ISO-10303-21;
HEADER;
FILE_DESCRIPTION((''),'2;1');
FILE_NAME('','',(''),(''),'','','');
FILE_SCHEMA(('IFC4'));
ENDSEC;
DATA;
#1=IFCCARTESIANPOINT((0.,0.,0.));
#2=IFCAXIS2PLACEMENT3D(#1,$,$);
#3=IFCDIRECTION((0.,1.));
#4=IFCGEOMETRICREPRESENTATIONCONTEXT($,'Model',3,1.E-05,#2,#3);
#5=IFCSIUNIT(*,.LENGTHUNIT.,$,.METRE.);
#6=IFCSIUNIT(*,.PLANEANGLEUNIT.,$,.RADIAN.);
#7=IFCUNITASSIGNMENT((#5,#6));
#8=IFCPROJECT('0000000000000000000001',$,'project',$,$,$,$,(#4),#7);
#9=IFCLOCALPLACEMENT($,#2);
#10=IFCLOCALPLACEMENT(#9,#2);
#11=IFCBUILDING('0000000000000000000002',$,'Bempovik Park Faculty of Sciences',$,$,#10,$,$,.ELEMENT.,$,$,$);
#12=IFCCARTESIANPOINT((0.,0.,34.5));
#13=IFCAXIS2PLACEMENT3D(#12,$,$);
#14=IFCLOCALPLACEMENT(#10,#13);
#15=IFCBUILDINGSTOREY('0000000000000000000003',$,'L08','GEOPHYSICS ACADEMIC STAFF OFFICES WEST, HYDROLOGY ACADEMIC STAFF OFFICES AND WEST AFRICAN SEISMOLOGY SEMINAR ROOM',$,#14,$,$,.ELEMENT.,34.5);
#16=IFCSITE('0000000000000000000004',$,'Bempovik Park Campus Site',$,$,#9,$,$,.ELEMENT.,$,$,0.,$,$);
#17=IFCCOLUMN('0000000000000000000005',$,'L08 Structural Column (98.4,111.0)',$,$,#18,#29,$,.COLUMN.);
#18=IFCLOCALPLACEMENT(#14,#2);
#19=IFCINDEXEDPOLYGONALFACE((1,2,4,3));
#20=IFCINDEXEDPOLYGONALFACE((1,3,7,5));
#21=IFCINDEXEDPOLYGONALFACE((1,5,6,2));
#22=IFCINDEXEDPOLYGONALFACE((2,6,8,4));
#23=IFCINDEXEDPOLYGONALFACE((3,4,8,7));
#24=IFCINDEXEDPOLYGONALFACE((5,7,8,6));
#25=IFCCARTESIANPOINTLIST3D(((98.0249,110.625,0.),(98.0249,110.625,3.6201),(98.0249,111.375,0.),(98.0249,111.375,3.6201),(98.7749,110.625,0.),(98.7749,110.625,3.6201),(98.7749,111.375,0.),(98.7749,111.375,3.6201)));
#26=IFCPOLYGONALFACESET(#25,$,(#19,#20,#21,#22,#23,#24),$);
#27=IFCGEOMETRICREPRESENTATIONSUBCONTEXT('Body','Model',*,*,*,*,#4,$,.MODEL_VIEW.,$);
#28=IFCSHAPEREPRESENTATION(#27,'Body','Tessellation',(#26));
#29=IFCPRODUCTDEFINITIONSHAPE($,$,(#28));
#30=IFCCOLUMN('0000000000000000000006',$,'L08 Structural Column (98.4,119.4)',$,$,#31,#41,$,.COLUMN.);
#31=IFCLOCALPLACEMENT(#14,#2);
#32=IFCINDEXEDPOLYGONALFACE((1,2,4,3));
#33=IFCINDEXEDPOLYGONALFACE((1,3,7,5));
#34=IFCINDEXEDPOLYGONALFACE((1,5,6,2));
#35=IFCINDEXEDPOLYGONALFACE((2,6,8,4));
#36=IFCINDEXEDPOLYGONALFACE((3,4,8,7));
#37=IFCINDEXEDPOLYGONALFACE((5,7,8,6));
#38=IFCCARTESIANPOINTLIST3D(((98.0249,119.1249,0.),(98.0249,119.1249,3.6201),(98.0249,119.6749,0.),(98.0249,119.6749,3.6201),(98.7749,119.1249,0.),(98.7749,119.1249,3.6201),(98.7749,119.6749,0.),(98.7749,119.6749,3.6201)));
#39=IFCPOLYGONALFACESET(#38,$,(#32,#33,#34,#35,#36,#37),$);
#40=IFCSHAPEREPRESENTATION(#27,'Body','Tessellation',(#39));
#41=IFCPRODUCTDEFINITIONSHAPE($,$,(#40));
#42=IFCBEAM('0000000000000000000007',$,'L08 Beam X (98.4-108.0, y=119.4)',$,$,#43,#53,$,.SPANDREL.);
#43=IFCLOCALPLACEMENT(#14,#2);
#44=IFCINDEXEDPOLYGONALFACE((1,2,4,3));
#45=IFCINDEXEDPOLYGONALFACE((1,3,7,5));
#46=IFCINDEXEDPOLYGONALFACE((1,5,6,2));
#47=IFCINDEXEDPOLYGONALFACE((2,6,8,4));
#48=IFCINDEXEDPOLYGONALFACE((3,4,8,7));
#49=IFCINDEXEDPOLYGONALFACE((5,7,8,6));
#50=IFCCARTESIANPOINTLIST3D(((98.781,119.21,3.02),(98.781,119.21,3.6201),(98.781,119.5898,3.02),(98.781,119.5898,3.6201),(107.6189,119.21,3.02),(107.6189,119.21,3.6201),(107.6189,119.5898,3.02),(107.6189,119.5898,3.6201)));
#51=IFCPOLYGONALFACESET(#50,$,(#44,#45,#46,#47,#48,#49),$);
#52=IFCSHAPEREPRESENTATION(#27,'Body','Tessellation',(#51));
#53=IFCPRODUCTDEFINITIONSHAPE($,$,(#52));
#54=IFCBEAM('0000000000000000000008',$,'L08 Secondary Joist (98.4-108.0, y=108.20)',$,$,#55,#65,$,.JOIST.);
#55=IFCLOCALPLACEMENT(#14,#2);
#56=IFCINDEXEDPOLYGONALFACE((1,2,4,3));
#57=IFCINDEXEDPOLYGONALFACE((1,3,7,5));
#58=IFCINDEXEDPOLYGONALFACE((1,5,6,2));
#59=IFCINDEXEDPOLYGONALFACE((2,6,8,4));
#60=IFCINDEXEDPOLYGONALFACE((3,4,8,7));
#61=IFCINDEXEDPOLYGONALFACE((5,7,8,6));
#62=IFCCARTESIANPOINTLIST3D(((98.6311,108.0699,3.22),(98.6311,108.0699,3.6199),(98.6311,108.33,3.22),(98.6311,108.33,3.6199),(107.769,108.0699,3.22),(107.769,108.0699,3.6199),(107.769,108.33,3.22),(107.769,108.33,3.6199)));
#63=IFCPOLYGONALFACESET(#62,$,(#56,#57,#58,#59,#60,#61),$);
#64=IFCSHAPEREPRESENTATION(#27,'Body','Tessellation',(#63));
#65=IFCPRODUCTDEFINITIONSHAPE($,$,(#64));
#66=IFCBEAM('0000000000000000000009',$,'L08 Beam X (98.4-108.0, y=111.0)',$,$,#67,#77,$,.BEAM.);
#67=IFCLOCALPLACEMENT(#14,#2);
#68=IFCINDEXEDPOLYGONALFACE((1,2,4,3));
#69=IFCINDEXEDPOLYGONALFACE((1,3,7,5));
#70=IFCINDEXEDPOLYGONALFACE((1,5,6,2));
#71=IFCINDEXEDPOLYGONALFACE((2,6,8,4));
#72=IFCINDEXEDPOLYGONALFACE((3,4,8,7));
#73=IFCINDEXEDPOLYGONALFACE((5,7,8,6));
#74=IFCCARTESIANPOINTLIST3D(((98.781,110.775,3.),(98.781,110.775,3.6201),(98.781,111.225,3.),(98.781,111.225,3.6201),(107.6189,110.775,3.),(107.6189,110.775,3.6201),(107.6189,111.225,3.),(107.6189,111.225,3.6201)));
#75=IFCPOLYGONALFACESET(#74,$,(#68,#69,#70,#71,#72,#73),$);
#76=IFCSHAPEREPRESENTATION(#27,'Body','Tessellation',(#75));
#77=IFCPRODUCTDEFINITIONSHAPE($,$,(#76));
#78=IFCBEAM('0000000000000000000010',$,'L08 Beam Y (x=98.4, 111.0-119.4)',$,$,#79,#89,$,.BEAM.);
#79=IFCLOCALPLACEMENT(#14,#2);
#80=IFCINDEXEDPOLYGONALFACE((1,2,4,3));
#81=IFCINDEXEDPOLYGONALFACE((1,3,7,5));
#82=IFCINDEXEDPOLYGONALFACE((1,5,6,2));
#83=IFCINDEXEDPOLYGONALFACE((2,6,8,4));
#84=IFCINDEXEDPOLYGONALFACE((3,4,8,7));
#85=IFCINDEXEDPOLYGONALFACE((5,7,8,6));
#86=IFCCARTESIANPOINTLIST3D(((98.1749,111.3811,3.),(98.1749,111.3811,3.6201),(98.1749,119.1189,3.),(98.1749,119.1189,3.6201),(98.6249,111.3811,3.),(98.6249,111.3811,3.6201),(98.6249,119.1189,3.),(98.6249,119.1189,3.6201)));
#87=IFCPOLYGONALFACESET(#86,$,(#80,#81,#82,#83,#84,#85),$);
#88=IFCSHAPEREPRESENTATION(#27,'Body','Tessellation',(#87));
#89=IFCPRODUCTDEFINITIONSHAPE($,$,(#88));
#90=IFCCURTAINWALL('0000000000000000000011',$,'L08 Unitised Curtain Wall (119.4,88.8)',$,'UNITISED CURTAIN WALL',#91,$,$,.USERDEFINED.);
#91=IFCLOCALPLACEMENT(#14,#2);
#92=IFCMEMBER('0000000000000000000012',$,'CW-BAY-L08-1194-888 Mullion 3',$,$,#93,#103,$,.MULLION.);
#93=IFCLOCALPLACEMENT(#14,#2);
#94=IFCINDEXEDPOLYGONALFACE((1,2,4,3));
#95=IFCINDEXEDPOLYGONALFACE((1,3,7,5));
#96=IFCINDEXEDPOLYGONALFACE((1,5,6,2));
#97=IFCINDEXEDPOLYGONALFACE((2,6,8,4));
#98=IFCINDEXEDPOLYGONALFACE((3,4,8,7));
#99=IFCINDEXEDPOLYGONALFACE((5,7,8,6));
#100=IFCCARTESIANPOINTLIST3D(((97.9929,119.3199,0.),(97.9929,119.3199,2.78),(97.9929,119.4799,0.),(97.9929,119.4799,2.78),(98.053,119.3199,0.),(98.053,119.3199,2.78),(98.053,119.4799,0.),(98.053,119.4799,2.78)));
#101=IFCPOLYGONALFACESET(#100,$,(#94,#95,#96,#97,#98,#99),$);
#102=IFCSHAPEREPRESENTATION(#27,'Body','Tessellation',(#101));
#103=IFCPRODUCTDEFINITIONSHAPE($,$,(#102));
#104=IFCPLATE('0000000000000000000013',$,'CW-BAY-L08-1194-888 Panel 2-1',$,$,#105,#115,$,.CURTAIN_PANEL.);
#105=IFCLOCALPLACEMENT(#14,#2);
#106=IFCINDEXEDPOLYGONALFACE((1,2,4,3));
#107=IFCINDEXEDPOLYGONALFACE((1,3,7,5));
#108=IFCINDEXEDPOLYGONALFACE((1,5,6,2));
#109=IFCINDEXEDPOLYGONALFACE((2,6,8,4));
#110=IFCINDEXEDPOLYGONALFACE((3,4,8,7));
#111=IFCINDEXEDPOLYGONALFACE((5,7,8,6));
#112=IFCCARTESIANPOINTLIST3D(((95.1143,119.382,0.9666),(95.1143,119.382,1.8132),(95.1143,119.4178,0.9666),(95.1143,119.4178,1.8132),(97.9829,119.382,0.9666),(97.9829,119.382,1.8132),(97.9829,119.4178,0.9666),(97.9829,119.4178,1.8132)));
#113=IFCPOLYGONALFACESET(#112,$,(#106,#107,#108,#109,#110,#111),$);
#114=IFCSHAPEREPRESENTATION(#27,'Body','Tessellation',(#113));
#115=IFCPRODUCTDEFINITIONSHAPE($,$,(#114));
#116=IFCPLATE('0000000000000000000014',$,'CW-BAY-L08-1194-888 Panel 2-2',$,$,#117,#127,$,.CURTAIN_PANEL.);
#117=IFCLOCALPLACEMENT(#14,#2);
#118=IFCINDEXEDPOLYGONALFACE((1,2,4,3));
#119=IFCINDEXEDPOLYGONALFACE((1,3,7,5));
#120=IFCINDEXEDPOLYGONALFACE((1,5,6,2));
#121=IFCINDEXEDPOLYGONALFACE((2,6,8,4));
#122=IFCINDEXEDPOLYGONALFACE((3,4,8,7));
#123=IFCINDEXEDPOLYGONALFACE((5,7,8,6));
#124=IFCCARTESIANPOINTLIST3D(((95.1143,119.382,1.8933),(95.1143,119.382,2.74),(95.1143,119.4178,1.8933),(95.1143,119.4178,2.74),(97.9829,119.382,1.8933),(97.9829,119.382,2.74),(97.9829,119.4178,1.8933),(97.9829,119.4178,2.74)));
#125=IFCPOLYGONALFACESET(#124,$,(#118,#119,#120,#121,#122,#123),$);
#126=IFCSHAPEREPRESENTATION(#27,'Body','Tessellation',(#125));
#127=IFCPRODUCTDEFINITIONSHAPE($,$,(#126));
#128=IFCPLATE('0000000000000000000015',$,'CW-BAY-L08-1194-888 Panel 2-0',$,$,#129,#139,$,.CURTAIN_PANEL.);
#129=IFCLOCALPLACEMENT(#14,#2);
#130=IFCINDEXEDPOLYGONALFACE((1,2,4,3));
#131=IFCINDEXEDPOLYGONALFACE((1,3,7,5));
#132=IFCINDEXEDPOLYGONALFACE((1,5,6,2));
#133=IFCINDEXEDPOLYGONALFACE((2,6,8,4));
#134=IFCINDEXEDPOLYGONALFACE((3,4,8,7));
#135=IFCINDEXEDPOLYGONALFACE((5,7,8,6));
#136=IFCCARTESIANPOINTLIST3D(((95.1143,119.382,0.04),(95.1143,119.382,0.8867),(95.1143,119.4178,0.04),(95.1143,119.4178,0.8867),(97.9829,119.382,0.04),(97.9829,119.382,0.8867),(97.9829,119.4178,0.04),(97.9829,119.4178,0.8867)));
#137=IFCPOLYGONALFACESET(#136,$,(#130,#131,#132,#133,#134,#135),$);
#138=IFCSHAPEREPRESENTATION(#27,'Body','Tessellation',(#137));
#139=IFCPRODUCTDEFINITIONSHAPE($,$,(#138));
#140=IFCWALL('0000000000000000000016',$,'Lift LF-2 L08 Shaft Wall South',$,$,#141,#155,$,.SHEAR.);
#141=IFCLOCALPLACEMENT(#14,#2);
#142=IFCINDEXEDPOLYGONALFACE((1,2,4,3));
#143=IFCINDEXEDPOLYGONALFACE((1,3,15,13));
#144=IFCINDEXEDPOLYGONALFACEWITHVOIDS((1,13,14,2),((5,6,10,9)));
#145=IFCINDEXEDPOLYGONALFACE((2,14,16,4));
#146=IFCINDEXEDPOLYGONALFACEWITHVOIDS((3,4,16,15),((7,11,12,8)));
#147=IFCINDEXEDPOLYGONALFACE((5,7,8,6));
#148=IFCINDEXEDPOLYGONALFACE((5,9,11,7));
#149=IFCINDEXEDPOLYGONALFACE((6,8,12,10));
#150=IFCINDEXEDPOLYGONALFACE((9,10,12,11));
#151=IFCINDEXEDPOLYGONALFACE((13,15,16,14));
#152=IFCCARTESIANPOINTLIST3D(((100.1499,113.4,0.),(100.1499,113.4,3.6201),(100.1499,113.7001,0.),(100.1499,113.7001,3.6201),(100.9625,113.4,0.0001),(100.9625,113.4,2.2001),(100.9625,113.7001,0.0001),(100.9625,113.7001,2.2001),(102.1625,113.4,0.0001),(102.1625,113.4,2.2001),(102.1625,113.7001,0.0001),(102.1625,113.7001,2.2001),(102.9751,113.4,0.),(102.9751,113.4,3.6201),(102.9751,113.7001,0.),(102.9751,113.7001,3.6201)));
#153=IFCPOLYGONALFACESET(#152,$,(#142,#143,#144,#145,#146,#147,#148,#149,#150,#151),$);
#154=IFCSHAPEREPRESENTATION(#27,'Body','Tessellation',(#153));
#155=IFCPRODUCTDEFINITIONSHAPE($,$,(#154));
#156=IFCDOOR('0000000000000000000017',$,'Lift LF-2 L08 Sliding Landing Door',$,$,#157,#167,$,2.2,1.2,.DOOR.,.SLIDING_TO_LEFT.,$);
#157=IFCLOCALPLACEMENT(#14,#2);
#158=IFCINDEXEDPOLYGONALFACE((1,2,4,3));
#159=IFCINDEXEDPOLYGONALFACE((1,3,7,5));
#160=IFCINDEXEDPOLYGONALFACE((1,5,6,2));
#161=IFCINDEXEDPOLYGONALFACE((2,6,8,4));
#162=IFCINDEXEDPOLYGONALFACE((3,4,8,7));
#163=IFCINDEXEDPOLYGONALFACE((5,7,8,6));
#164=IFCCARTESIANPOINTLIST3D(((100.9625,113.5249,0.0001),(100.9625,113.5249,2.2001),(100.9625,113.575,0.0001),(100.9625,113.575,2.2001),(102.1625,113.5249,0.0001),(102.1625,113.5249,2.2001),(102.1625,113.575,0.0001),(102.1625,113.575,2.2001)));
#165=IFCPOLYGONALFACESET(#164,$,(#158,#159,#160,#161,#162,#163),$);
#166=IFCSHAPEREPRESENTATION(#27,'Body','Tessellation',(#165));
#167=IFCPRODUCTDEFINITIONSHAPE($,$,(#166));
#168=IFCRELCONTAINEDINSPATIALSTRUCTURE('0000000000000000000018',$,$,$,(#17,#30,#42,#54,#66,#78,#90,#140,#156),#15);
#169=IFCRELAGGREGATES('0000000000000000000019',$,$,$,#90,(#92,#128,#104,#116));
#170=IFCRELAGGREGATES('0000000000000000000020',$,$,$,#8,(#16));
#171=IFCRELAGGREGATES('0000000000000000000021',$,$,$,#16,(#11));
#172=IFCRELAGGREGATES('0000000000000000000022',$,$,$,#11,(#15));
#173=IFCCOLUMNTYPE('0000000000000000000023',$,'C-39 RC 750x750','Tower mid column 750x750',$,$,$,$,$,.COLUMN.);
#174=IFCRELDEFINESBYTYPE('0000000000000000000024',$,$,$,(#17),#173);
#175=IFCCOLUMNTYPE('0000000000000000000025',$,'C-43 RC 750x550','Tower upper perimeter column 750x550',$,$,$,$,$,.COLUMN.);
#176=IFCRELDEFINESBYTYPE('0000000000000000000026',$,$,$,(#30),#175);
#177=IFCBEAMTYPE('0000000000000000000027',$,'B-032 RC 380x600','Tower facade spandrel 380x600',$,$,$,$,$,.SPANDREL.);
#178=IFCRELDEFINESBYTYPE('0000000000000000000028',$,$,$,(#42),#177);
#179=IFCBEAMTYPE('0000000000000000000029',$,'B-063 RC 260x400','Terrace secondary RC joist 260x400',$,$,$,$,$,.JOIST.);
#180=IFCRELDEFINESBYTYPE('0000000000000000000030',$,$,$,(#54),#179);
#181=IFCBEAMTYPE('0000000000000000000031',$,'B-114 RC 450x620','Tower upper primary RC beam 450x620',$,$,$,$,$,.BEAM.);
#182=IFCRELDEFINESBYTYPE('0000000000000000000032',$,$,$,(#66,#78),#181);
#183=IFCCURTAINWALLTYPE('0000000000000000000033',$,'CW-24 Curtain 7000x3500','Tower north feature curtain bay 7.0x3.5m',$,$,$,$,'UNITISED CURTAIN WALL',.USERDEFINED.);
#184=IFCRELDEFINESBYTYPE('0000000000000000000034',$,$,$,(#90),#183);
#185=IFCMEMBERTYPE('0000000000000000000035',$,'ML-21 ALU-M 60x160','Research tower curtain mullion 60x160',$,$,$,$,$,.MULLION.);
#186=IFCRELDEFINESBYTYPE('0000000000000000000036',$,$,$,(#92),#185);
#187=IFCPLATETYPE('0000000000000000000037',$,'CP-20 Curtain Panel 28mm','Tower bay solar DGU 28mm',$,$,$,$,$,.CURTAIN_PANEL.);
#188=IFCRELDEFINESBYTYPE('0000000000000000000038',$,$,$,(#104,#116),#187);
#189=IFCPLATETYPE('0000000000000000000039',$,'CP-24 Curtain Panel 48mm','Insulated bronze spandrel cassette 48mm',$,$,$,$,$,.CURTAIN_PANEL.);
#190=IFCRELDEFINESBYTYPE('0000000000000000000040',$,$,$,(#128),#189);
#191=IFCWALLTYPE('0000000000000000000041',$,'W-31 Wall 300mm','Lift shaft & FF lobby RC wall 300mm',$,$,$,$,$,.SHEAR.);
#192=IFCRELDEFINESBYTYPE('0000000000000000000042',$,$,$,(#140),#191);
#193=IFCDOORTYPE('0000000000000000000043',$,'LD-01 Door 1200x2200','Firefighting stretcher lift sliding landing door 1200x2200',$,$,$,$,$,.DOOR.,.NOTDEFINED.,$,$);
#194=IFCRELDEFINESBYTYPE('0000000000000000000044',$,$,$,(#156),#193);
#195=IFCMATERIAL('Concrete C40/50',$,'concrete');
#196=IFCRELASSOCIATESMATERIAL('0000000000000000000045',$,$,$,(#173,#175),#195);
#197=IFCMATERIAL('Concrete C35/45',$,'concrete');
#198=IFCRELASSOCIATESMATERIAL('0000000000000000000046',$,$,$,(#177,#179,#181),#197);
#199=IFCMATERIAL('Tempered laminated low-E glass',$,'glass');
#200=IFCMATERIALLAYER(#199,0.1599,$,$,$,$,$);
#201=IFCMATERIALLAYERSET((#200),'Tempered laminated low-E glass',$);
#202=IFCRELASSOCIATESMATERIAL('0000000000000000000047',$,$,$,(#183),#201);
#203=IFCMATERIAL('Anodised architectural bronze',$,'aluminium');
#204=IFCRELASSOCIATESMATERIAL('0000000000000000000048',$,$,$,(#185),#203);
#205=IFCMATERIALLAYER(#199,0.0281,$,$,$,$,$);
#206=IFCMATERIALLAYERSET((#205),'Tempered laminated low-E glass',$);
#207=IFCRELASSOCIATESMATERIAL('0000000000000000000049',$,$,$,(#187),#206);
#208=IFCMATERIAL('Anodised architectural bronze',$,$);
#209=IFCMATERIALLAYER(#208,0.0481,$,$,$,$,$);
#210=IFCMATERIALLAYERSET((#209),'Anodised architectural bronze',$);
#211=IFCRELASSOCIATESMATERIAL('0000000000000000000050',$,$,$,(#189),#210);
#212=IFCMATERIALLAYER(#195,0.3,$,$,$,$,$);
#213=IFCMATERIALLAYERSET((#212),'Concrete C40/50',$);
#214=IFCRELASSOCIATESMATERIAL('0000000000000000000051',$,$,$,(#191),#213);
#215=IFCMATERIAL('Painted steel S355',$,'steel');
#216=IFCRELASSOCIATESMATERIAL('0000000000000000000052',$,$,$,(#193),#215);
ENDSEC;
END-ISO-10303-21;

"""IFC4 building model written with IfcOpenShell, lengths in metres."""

from ifc_helpers import new_model, si_unit, direction, frame, frame_2d, origin, origin_2d, place, context, subcontext, project, spatial, rectangle, extrude, material, layer, layer_set, material_profile, profile_set, type_object, element, fill, aggregate, save


model = new_model("IFC4")

# Units and contexts
model_context = context("Model", 3, precision=1e-05, world=origin(), true_north=direction((0.0, 1.0)))
body_context = subcontext(model_context, "Body", "Model", "MODEL_VIEW")
ifc_project = project(units=[si_unit("LENGTHUNIT", "METRE"), si_unit("PLANEANGLEUNIT", "RADIAN")], contexts=[model_context])

# Site, building, storey
site_placement = place(None, origin())
site = spatial("IfcSite", under=ifc_project, at=site_placement, Name="Bempovik Park Campus Site", CompositionType="ELEMENT", RefElevation=0.0)
building_placement = place(site_placement, origin())
building = spatial("IfcBuilding", under=site, at=building_placement, Name="Bempovik Park Faculty of Sciences", CompositionType="ELEMENT")
storey_placement = place(building_placement, frame((0.0, 0.0, 34.5)))
storey = spatial("IfcBuildingStorey", under=building, at=storey_placement, Name="L08", Description="GEOPHYSICS ACADEMIC STAFF OFFICES WEST, HYDROLOGY ACADEMIC STAFF OFFICES AND WEST AFRICAN SEISMOLOGY SEMINAR ROOM", CompositionType="ELEMENT", Elevation=34.5)

# Columns
ifc_material_1 = material(Name="Concrete C40/50", Category="concrete")
ifc_material_profile_1 = material_profile(ifc_material_1, rectangle(XDim=0.75, YDim=0.75, at=origin_2d()), Name="RC 750x750")
ifc_profile_set_1 = profile_set([ifc_material_profile_1], Name="Concrete C40/50")
column_type_1 = type_object("IfcColumnType", Name="C-39 RC 750x750", Description="Tower mid column 750x750", PredefinedType="COLUMN", material=ifc_profile_set_1)
column_1_placement = place(storey_placement, frame((98.3999, 111.0, 0.0), z_axis=(0.0, 0.0, 1.0), x_axis=(1.0, 0.0, 0.0)))
element("IfcColumn", 1, at=column_1_placement, inside=storey, type_object=column_type_1, Name="L08 Structural Column (98.4,111.0)", PredefinedType="COLUMN", context=body_context, shape_type="SweptSolid", body=[
    extrude(rectangle(XDim=0.75, YDim=0.75, at=origin_2d()), origin(), (0.0, 0.0, 1.0), 3.6201),
])
ifc_material_profile_2 = material_profile(ifc_material_1, rectangle(XDim=0.75, YDim=0.55, at=origin_2d()), Name="RC 750x550")
ifc_profile_set_2 = profile_set([ifc_material_profile_2], Name="Concrete C40/50")
column_type_2 = type_object("IfcColumnType", Name="C-43 RC 750x550", Description="Tower upper perimeter column 750x550", PredefinedType="COLUMN", material=ifc_profile_set_2)
column_2_placement = place(storey_placement, frame((98.3999, 119.3999, 0.0), z_axis=(0.0, 0.0, 1.0), x_axis=(1.0, 0.0, 0.0)))
element("IfcColumn", 2, at=column_2_placement, inside=storey, type_object=column_type_2, Name="L08 Structural Column (98.4,119.4)", PredefinedType="COLUMN", context=body_context, shape_type="SweptSolid", body=[
    extrude(rectangle(XDim=0.75, YDim=0.55, at=origin_2d()), origin(), (0.0, 0.0, 1.0), 3.6201),
])

# Beams
ifc_material_2 = material(Name="Concrete C35/45", Category="concrete")
ifc_material_profile_3 = material_profile(ifc_material_2, rectangle(XDim=0.3799, YDim=0.6001, at=origin_2d()), Name="RC 380x600")
ifc_profile_set_3 = profile_set([ifc_material_profile_3], Name="Concrete C35/45")
beam_type_1 = type_object("IfcBeamType", Name="B-032 RC 380x600", Description="Tower facade spandrel 380x600", PredefinedType="SPANDREL", material=ifc_profile_set_3)
beam_1_placement = place(storey_placement, frame((98.781, 119.3999, 3.3201), z_axis=(1.0, 0.0, 0.0), x_axis=(0.0, 1.0, 0.0)))
element("IfcBeam", 3, at=beam_1_placement, inside=storey, type_object=beam_type_1, Name="L08 Beam X (98.4-108.0, y=119.4)", PredefinedType="SPANDREL", context=body_context, shape_type="SweptSolid", body=[
    extrude(rectangle(XDim=0.3799, YDim=0.6001, at=origin_2d()), origin(), (0.0, 0.0, 1.0), 8.8379),
])
ifc_material_profile_4 = material_profile(ifc_material_2, rectangle(XDim=0.26, YDim=0.3999, at=origin_2d()), Name="RC 260x400")
ifc_profile_set_4 = profile_set([ifc_material_profile_4], Name="Concrete C35/45")
beam_type_2 = type_object("IfcBeamType", Name="B-063 RC 260x400", Description="Terrace secondary RC joist 260x400", PredefinedType="JOIST", material=ifc_profile_set_4)
beam_2_placement = place(storey_placement, frame((98.6311, 108.2, 3.4199), z_axis=(1.0, 0.0, 0.0), x_axis=(0.0, 1.0, 0.0)))
element("IfcBeam", 4, at=beam_2_placement, inside=storey, type_object=beam_type_2, Name="L08 Secondary Joist (98.4-108.0, y=108.20)", PredefinedType="JOIST", context=body_context, shape_type="SweptSolid", body=[
    extrude(rectangle(XDim=0.26, YDim=0.3999, at=origin_2d()), origin(), (0.0, 0.0, 1.0), 9.1379),
])
ifc_material_profile_5 = material_profile(ifc_material_2, rectangle(XDim=0.45, YDim=0.6201, at=origin_2d()), Name="RC 450x620")
ifc_profile_set_5 = profile_set([ifc_material_profile_5], Name="Concrete C35/45")
beam_type_3 = type_object("IfcBeamType", Name="B-114 RC 450x620", Description="Tower upper primary RC beam 450x620", PredefinedType="BEAM", material=ifc_profile_set_5)
beam_3_placement = place(storey_placement, frame((98.781, 111.0, 3.3101), z_axis=(1.0, 0.0, 0.0), x_axis=(0.0, 1.0, 0.0)))
element("IfcBeam", 5, at=beam_3_placement, inside=storey, type_object=beam_type_3, Name="L08 Beam X (98.4-108.0, y=111.0)", PredefinedType="BEAM", context=body_context, shape_type="SweptSolid", body=[
    extrude(rectangle(XDim=0.45, YDim=0.6201, at=origin_2d()), origin(), (0.0, 0.0, 1.0), 8.8379),
])
beam_4_placement = place(storey_placement, frame((98.3999, 111.3811, 3.3101), z_axis=(0.0, 1.0, 0.0), x_axis=(-1.0, 0.0, 0.0)))
element("IfcBeam", 6, at=beam_4_placement, inside=storey, type_object=beam_type_3, Name="L08 Beam Y (x=98.4, 111.0-119.4)", PredefinedType="BEAM", context=body_context, shape_type="SweptSolid", body=[
    extrude(rectangle(XDim=0.45, YDim=0.6201, at=origin_2d()), origin(), (0.0, 0.0, 1.0), 7.7378),
])

# Curtain wall, member, plates
ifc_material_3 = material(Name="Tempered laminated low-E glass", Category="glass")
ifc_layer_1 = layer(ifc_material_3, 0.1599)
ifc_layer_set_1 = layer_set([ifc_layer_1], Name="Tempered laminated low-E glass")
curtain_wall_type = type_object("IfcCurtainWallType", Name="CW-24 Curtain 7000x3500", Description="Tower north feature curtain bay 7.0x3.5m", ElementType="UNITISED CURTAIN WALL", PredefinedType="USERDEFINED", material=ifc_layer_set_1)
curtain_wall_placement = place(storey_placement, origin())
curtain_wall = element("IfcCurtainWall", 7, at=curtain_wall_placement, inside=storey, type_object=curtain_wall_type, Name="L08 Unitised Curtain Wall (119.4,88.8)", ObjectType="UNITISED CURTAIN WALL", PredefinedType="USERDEFINED")
ifc_material_4 = material(Name="Anodised architectural bronze", Category="aluminium")
ifc_material_profile_6 = material_profile(ifc_material_4, rectangle(XDim=0.0601, YDim=0.1599, at=origin_2d()), Name="ALU-M 60x160")
ifc_profile_set_6 = profile_set([ifc_material_profile_6], Name="Anodised architectural bronze")
member_type = type_object("IfcMemberType", Name="ML-21 ALU-M 60x160", Description="Research tower curtain mullion 60x160", PredefinedType="MULLION", material=ifc_profile_set_6)
member_placement = place(storey_placement, frame((98.0229, 119.3999, 0.0), z_axis=(0.0, 0.0, 1.0), x_axis=(1.0, 0.0, 0.0)))
member = element("IfcMember", 8, at=member_placement, type_object=member_type, Name="CW-BAY-L08-1194-888 Mullion 3", PredefinedType="MULLION", context=body_context, shape_type="SweptSolid", body=[
    extrude(rectangle(XDim=0.0601, YDim=0.1599, at=origin_2d()), origin(), (0.0, 0.0, 1.0), 2.78),
])
ifc_layer_2 = layer(ifc_material_3, 0.0281)
ifc_layer_set_2 = layer_set([ifc_layer_2], Name="Tempered laminated low-E glass")
plate_type_1 = type_object("IfcPlateType", Name="CP-20 Curtain Panel 28mm", Description="Tower bay solar DGU 28mm", PredefinedType="CURTAIN_PANEL", material=ifc_layer_set_2)
plate_1_placement = place(storey_placement, frame((96.5486, 119.3999, 0.9666), z_axis=(0.0, 0.0, 1.0), x_axis=(1.0, 0.0, 0.0)))
plate_1 = element("IfcPlate", 9, at=plate_1_placement, type_object=plate_type_1, Name="CW-BAY-L08-1194-888 Panel 2-1", PredefinedType="CURTAIN_PANEL", context=body_context, shape_type="SweptSolid", body=[
    extrude(rectangle(XDim=2.8687, YDim=0.0359, at=origin_2d()), origin(), (0.0, 0.0, 1.0), 0.8467),
])
plate_2_placement = place(storey_placement, frame((96.5486, 119.3999, 1.8933), z_axis=(0.0, 0.0, 1.0), x_axis=(1.0, 0.0, 0.0)))
plate_2 = element("IfcPlate", 10, at=plate_2_placement, type_object=plate_type_1, Name="CW-BAY-L08-1194-888 Panel 2-2", PredefinedType="CURTAIN_PANEL", context=body_context, shape_type="SweptSolid", body=[
    extrude(rectangle(XDim=2.8687, YDim=0.0359, at=origin_2d()), origin(), (0.0, 0.0, 1.0), 0.8467),
])
ifc_material_5 = material(Name="Anodised architectural bronze")
ifc_layer_3 = layer(ifc_material_5, 0.0481)
ifc_layer_set_3 = layer_set([ifc_layer_3], Name="Anodised architectural bronze")
plate_type_2 = type_object("IfcPlateType", Name="CP-24 Curtain Panel 48mm", Description="Insulated bronze spandrel cassette 48mm", PredefinedType="CURTAIN_PANEL", material=ifc_layer_set_3)
plate_3_placement = place(storey_placement, frame((96.5486, 119.3999, 0.04), z_axis=(0.0, 0.0, 1.0), x_axis=(1.0, 0.0, 0.0)))
plate_3 = element("IfcPlate", 11, at=plate_3_placement, type_object=plate_type_2, Name="CW-BAY-L08-1194-888 Panel 2-0", PredefinedType="CURTAIN_PANEL", context=body_context, shape_type="SweptSolid", body=[
    extrude(rectangle(XDim=2.8687, YDim=0.0359, at=origin_2d()), origin(), (0.0, 0.0, 1.0), 0.8467),
])
aggregate(curtain_wall, [member, plate_3, plate_1, plate_2])

# Wall, opening, door
ifc_layer_4 = layer(ifc_material_1, 0.3)
ifc_layer_set_4 = layer_set([ifc_layer_4], Name="Concrete C40/50")
wall_type_1 = type_object("IfcWallType", Name="W-31 Wall 300mm", Description="Lift shaft & FF lobby RC wall 300mm", PredefinedType="SHEAR", material=ifc_layer_set_4)
wall_1_placement = place(storey_placement, frame((100.1499, 113.55, 0.0), z_axis=(0.0, 0.0, 1.0), x_axis=(1.0, 0.0, 0.0)))
wall_1 = element("IfcWall", 12, at=wall_1_placement, inside=storey, type_object=wall_type_1, Name="Lift LF-2 L08 Shaft Wall South", PredefinedType="SHEAR", context=body_context, shape_type="SweptSolid", body=[
    extrude(rectangle(XDim=2.8252, YDim=0.3, at=frame_2d((1.4126, 0.0))), origin(), (0.0, 0.0, 1.0), 3.6201),
])
opening_1_placement = place(wall_1_placement, frame((0.8125, 0.0, 0.0)))
opening_1 = element("IfcOpeningElement", 13, at=opening_1_placement, cuts=wall_1, PredefinedType="OPENING", context=body_context, shape_type="SweptSolid", body=[
    extrude(rectangle(XDim=1.2, YDim=2.2, at=frame_2d((0.6001, 1.1001))), frame((0.0, 0.1602, 0.0), z_axis=(0.0, -1.0, 0.0), x_axis=(1.0, 0.0, 0.0)), (0.0, 0.0, 1.0), 0.3201),
])
ifc_material_6 = material(Name="Painted steel S355", Category="steel")
door_type_1 = type_object("IfcDoorType", Name="LD-01 Door 1200x2200", Description="Firefighting stretcher lift sliding landing door 1200x2200", OperationType="NOTDEFINED", PredefinedType="DOOR", material=ifc_material_6)
door_1_placement = place(opening_1_placement, origin())
door_1 = element("IfcDoor", 14, at=door_1_placement, inside=storey, type_object=door_type_1, Name="Lift LF-2 L08 Sliding Landing Door", OperationType="SLIDING_TO_LEFT", OverallHeight=2.2, OverallWidth=1.2, PredefinedType="DOOR", context=body_context, shape_type="SweptSolid", body=[
    extrude(rectangle(XDim=1.2, YDim=2.2, at=frame_2d((0.6001, 1.1001))), frame((0.0, 0.0249, 0.0), z_axis=(0.0, -1.0, 0.0), x_axis=(1.0, 0.0, 0.0)), (0.0, 0.0, 1.0), 0.05),
])
fill(opening_1, door_1)

save(model, "model.ifc")
